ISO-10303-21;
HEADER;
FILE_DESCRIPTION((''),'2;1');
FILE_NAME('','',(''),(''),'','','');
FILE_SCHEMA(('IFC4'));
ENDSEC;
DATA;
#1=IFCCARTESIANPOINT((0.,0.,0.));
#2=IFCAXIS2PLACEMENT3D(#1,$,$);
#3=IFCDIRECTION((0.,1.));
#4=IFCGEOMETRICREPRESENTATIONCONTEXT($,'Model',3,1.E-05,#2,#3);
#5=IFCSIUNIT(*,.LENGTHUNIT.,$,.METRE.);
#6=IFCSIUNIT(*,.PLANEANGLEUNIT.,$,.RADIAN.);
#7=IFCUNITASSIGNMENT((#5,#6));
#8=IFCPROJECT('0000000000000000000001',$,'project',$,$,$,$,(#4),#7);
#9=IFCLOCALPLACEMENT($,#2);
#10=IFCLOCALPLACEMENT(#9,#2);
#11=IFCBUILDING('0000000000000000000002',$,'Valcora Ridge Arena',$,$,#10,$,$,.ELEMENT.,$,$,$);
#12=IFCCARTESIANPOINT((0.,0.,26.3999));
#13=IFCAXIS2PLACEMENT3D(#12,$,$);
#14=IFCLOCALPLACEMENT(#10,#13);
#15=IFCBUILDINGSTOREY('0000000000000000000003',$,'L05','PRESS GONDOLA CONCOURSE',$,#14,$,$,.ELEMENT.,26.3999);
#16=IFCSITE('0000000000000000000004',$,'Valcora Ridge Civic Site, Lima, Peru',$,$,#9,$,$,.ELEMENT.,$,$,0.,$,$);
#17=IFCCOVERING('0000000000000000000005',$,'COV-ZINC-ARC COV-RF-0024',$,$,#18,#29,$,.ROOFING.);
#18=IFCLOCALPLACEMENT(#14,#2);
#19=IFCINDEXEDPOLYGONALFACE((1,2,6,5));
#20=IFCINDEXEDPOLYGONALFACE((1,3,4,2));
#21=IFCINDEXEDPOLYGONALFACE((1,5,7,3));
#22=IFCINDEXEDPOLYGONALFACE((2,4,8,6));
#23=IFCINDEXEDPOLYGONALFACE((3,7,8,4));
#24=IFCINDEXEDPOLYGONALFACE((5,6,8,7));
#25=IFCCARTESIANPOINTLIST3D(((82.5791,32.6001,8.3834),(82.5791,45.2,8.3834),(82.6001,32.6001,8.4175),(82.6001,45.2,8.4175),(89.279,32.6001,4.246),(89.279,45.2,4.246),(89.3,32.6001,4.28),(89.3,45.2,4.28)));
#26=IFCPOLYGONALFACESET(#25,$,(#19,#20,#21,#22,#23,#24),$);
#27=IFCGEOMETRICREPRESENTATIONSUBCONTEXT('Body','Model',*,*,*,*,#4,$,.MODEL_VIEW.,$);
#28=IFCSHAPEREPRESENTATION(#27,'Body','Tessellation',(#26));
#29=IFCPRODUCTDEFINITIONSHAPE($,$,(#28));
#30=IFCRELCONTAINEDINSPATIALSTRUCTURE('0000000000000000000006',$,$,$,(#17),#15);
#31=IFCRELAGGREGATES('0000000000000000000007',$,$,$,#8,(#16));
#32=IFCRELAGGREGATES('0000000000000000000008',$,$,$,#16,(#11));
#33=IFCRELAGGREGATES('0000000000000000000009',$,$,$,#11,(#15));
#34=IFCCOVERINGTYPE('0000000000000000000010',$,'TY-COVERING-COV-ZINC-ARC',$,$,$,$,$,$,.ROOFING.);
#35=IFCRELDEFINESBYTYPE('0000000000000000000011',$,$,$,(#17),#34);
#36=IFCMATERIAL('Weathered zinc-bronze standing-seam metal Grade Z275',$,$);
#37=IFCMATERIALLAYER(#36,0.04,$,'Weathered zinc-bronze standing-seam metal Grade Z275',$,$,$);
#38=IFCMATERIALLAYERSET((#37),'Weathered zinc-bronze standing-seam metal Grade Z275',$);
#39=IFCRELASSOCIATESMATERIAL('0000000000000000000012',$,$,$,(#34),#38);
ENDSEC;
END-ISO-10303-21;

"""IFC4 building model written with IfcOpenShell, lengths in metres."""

from ifc_helpers import new_model, si_unit, direction, frame, origin, place, context, subcontext, project, spatial, polyline, outline, extrude, material, layer, layer_set, type_object, element, save


model = new_model("IFC4")

# Units and contexts
model_context = context("Model", 3, precision=1e-05, world=origin(), true_north=direction((0.0, 1.0)))
body_context = subcontext(model_context, "Body", "Model", "MODEL_VIEW")
ifc_project = project(units=[si_unit("LENGTHUNIT", "METRE"), si_unit("PLANEANGLEUNIT", "RADIAN")], contexts=[model_context])

# Site, building, storey
site_placement = place(None, origin())
site = spatial("IfcSite", under=ifc_project, at=site_placement, Name="Valcora Ridge Civic Site, Lima, Peru", CompositionType="ELEMENT", RefElevation=0.0)
building_placement = place(site_placement, origin())
building = spatial("IfcBuilding", under=site, at=building_placement, Name="Valcora Ridge Arena", CompositionType="ELEMENT")
storey_placement = place(building_placement, frame((0.0, 0.0, 26.3999)))
storey = spatial("IfcBuildingStorey", under=building, at=storey_placement, Name="L05", Description="PRESS GONDOLA CONCOURSE", CompositionType="ELEMENT", Elevation=26.3999)

# Covering
ifc_material_1 = material(Name="Weathered zinc-bronze standing-seam metal Grade Z275")
ifc_layer_1 = layer(ifc_material_1, 0.04, Name="Weathered zinc-bronze standing-seam metal Grade Z275")
ifc_layer_set_1 = layer_set([ifc_layer_1], Name="Weathered zinc-bronze standing-seam metal Grade Z275")
covering_type = type_object("IfcCoveringType", Name="TY-COVERING-COV-ZINC-ARC", PredefinedType="ROOFING", material=ifc_layer_set_1)
covering_1_placement = place(storey_placement, frame((82.6001, 32.6001, 8.4175), z_axis=(0.525424, 0.0, 0.850841), x_axis=(0.850841, 0.0, -0.525424)))
element("IfcCovering", 1, at=covering_1_placement, inside=storey, type_object=covering_type, Name="COV-ZINC-ARC COV-RF-0024", PredefinedType="ROOFING", context=body_context, shape_type="SweptSolid", body=[
    extrude(outline(polyline([(0.0, 0.0), (7.8745, 0.0), (7.8745, 12.5999), (0.0, 12.5999), (0.0, 0.0)])), origin(), (0.0, 0.0, -1.0), 0.04),
])

save(model, "model.ifc")
